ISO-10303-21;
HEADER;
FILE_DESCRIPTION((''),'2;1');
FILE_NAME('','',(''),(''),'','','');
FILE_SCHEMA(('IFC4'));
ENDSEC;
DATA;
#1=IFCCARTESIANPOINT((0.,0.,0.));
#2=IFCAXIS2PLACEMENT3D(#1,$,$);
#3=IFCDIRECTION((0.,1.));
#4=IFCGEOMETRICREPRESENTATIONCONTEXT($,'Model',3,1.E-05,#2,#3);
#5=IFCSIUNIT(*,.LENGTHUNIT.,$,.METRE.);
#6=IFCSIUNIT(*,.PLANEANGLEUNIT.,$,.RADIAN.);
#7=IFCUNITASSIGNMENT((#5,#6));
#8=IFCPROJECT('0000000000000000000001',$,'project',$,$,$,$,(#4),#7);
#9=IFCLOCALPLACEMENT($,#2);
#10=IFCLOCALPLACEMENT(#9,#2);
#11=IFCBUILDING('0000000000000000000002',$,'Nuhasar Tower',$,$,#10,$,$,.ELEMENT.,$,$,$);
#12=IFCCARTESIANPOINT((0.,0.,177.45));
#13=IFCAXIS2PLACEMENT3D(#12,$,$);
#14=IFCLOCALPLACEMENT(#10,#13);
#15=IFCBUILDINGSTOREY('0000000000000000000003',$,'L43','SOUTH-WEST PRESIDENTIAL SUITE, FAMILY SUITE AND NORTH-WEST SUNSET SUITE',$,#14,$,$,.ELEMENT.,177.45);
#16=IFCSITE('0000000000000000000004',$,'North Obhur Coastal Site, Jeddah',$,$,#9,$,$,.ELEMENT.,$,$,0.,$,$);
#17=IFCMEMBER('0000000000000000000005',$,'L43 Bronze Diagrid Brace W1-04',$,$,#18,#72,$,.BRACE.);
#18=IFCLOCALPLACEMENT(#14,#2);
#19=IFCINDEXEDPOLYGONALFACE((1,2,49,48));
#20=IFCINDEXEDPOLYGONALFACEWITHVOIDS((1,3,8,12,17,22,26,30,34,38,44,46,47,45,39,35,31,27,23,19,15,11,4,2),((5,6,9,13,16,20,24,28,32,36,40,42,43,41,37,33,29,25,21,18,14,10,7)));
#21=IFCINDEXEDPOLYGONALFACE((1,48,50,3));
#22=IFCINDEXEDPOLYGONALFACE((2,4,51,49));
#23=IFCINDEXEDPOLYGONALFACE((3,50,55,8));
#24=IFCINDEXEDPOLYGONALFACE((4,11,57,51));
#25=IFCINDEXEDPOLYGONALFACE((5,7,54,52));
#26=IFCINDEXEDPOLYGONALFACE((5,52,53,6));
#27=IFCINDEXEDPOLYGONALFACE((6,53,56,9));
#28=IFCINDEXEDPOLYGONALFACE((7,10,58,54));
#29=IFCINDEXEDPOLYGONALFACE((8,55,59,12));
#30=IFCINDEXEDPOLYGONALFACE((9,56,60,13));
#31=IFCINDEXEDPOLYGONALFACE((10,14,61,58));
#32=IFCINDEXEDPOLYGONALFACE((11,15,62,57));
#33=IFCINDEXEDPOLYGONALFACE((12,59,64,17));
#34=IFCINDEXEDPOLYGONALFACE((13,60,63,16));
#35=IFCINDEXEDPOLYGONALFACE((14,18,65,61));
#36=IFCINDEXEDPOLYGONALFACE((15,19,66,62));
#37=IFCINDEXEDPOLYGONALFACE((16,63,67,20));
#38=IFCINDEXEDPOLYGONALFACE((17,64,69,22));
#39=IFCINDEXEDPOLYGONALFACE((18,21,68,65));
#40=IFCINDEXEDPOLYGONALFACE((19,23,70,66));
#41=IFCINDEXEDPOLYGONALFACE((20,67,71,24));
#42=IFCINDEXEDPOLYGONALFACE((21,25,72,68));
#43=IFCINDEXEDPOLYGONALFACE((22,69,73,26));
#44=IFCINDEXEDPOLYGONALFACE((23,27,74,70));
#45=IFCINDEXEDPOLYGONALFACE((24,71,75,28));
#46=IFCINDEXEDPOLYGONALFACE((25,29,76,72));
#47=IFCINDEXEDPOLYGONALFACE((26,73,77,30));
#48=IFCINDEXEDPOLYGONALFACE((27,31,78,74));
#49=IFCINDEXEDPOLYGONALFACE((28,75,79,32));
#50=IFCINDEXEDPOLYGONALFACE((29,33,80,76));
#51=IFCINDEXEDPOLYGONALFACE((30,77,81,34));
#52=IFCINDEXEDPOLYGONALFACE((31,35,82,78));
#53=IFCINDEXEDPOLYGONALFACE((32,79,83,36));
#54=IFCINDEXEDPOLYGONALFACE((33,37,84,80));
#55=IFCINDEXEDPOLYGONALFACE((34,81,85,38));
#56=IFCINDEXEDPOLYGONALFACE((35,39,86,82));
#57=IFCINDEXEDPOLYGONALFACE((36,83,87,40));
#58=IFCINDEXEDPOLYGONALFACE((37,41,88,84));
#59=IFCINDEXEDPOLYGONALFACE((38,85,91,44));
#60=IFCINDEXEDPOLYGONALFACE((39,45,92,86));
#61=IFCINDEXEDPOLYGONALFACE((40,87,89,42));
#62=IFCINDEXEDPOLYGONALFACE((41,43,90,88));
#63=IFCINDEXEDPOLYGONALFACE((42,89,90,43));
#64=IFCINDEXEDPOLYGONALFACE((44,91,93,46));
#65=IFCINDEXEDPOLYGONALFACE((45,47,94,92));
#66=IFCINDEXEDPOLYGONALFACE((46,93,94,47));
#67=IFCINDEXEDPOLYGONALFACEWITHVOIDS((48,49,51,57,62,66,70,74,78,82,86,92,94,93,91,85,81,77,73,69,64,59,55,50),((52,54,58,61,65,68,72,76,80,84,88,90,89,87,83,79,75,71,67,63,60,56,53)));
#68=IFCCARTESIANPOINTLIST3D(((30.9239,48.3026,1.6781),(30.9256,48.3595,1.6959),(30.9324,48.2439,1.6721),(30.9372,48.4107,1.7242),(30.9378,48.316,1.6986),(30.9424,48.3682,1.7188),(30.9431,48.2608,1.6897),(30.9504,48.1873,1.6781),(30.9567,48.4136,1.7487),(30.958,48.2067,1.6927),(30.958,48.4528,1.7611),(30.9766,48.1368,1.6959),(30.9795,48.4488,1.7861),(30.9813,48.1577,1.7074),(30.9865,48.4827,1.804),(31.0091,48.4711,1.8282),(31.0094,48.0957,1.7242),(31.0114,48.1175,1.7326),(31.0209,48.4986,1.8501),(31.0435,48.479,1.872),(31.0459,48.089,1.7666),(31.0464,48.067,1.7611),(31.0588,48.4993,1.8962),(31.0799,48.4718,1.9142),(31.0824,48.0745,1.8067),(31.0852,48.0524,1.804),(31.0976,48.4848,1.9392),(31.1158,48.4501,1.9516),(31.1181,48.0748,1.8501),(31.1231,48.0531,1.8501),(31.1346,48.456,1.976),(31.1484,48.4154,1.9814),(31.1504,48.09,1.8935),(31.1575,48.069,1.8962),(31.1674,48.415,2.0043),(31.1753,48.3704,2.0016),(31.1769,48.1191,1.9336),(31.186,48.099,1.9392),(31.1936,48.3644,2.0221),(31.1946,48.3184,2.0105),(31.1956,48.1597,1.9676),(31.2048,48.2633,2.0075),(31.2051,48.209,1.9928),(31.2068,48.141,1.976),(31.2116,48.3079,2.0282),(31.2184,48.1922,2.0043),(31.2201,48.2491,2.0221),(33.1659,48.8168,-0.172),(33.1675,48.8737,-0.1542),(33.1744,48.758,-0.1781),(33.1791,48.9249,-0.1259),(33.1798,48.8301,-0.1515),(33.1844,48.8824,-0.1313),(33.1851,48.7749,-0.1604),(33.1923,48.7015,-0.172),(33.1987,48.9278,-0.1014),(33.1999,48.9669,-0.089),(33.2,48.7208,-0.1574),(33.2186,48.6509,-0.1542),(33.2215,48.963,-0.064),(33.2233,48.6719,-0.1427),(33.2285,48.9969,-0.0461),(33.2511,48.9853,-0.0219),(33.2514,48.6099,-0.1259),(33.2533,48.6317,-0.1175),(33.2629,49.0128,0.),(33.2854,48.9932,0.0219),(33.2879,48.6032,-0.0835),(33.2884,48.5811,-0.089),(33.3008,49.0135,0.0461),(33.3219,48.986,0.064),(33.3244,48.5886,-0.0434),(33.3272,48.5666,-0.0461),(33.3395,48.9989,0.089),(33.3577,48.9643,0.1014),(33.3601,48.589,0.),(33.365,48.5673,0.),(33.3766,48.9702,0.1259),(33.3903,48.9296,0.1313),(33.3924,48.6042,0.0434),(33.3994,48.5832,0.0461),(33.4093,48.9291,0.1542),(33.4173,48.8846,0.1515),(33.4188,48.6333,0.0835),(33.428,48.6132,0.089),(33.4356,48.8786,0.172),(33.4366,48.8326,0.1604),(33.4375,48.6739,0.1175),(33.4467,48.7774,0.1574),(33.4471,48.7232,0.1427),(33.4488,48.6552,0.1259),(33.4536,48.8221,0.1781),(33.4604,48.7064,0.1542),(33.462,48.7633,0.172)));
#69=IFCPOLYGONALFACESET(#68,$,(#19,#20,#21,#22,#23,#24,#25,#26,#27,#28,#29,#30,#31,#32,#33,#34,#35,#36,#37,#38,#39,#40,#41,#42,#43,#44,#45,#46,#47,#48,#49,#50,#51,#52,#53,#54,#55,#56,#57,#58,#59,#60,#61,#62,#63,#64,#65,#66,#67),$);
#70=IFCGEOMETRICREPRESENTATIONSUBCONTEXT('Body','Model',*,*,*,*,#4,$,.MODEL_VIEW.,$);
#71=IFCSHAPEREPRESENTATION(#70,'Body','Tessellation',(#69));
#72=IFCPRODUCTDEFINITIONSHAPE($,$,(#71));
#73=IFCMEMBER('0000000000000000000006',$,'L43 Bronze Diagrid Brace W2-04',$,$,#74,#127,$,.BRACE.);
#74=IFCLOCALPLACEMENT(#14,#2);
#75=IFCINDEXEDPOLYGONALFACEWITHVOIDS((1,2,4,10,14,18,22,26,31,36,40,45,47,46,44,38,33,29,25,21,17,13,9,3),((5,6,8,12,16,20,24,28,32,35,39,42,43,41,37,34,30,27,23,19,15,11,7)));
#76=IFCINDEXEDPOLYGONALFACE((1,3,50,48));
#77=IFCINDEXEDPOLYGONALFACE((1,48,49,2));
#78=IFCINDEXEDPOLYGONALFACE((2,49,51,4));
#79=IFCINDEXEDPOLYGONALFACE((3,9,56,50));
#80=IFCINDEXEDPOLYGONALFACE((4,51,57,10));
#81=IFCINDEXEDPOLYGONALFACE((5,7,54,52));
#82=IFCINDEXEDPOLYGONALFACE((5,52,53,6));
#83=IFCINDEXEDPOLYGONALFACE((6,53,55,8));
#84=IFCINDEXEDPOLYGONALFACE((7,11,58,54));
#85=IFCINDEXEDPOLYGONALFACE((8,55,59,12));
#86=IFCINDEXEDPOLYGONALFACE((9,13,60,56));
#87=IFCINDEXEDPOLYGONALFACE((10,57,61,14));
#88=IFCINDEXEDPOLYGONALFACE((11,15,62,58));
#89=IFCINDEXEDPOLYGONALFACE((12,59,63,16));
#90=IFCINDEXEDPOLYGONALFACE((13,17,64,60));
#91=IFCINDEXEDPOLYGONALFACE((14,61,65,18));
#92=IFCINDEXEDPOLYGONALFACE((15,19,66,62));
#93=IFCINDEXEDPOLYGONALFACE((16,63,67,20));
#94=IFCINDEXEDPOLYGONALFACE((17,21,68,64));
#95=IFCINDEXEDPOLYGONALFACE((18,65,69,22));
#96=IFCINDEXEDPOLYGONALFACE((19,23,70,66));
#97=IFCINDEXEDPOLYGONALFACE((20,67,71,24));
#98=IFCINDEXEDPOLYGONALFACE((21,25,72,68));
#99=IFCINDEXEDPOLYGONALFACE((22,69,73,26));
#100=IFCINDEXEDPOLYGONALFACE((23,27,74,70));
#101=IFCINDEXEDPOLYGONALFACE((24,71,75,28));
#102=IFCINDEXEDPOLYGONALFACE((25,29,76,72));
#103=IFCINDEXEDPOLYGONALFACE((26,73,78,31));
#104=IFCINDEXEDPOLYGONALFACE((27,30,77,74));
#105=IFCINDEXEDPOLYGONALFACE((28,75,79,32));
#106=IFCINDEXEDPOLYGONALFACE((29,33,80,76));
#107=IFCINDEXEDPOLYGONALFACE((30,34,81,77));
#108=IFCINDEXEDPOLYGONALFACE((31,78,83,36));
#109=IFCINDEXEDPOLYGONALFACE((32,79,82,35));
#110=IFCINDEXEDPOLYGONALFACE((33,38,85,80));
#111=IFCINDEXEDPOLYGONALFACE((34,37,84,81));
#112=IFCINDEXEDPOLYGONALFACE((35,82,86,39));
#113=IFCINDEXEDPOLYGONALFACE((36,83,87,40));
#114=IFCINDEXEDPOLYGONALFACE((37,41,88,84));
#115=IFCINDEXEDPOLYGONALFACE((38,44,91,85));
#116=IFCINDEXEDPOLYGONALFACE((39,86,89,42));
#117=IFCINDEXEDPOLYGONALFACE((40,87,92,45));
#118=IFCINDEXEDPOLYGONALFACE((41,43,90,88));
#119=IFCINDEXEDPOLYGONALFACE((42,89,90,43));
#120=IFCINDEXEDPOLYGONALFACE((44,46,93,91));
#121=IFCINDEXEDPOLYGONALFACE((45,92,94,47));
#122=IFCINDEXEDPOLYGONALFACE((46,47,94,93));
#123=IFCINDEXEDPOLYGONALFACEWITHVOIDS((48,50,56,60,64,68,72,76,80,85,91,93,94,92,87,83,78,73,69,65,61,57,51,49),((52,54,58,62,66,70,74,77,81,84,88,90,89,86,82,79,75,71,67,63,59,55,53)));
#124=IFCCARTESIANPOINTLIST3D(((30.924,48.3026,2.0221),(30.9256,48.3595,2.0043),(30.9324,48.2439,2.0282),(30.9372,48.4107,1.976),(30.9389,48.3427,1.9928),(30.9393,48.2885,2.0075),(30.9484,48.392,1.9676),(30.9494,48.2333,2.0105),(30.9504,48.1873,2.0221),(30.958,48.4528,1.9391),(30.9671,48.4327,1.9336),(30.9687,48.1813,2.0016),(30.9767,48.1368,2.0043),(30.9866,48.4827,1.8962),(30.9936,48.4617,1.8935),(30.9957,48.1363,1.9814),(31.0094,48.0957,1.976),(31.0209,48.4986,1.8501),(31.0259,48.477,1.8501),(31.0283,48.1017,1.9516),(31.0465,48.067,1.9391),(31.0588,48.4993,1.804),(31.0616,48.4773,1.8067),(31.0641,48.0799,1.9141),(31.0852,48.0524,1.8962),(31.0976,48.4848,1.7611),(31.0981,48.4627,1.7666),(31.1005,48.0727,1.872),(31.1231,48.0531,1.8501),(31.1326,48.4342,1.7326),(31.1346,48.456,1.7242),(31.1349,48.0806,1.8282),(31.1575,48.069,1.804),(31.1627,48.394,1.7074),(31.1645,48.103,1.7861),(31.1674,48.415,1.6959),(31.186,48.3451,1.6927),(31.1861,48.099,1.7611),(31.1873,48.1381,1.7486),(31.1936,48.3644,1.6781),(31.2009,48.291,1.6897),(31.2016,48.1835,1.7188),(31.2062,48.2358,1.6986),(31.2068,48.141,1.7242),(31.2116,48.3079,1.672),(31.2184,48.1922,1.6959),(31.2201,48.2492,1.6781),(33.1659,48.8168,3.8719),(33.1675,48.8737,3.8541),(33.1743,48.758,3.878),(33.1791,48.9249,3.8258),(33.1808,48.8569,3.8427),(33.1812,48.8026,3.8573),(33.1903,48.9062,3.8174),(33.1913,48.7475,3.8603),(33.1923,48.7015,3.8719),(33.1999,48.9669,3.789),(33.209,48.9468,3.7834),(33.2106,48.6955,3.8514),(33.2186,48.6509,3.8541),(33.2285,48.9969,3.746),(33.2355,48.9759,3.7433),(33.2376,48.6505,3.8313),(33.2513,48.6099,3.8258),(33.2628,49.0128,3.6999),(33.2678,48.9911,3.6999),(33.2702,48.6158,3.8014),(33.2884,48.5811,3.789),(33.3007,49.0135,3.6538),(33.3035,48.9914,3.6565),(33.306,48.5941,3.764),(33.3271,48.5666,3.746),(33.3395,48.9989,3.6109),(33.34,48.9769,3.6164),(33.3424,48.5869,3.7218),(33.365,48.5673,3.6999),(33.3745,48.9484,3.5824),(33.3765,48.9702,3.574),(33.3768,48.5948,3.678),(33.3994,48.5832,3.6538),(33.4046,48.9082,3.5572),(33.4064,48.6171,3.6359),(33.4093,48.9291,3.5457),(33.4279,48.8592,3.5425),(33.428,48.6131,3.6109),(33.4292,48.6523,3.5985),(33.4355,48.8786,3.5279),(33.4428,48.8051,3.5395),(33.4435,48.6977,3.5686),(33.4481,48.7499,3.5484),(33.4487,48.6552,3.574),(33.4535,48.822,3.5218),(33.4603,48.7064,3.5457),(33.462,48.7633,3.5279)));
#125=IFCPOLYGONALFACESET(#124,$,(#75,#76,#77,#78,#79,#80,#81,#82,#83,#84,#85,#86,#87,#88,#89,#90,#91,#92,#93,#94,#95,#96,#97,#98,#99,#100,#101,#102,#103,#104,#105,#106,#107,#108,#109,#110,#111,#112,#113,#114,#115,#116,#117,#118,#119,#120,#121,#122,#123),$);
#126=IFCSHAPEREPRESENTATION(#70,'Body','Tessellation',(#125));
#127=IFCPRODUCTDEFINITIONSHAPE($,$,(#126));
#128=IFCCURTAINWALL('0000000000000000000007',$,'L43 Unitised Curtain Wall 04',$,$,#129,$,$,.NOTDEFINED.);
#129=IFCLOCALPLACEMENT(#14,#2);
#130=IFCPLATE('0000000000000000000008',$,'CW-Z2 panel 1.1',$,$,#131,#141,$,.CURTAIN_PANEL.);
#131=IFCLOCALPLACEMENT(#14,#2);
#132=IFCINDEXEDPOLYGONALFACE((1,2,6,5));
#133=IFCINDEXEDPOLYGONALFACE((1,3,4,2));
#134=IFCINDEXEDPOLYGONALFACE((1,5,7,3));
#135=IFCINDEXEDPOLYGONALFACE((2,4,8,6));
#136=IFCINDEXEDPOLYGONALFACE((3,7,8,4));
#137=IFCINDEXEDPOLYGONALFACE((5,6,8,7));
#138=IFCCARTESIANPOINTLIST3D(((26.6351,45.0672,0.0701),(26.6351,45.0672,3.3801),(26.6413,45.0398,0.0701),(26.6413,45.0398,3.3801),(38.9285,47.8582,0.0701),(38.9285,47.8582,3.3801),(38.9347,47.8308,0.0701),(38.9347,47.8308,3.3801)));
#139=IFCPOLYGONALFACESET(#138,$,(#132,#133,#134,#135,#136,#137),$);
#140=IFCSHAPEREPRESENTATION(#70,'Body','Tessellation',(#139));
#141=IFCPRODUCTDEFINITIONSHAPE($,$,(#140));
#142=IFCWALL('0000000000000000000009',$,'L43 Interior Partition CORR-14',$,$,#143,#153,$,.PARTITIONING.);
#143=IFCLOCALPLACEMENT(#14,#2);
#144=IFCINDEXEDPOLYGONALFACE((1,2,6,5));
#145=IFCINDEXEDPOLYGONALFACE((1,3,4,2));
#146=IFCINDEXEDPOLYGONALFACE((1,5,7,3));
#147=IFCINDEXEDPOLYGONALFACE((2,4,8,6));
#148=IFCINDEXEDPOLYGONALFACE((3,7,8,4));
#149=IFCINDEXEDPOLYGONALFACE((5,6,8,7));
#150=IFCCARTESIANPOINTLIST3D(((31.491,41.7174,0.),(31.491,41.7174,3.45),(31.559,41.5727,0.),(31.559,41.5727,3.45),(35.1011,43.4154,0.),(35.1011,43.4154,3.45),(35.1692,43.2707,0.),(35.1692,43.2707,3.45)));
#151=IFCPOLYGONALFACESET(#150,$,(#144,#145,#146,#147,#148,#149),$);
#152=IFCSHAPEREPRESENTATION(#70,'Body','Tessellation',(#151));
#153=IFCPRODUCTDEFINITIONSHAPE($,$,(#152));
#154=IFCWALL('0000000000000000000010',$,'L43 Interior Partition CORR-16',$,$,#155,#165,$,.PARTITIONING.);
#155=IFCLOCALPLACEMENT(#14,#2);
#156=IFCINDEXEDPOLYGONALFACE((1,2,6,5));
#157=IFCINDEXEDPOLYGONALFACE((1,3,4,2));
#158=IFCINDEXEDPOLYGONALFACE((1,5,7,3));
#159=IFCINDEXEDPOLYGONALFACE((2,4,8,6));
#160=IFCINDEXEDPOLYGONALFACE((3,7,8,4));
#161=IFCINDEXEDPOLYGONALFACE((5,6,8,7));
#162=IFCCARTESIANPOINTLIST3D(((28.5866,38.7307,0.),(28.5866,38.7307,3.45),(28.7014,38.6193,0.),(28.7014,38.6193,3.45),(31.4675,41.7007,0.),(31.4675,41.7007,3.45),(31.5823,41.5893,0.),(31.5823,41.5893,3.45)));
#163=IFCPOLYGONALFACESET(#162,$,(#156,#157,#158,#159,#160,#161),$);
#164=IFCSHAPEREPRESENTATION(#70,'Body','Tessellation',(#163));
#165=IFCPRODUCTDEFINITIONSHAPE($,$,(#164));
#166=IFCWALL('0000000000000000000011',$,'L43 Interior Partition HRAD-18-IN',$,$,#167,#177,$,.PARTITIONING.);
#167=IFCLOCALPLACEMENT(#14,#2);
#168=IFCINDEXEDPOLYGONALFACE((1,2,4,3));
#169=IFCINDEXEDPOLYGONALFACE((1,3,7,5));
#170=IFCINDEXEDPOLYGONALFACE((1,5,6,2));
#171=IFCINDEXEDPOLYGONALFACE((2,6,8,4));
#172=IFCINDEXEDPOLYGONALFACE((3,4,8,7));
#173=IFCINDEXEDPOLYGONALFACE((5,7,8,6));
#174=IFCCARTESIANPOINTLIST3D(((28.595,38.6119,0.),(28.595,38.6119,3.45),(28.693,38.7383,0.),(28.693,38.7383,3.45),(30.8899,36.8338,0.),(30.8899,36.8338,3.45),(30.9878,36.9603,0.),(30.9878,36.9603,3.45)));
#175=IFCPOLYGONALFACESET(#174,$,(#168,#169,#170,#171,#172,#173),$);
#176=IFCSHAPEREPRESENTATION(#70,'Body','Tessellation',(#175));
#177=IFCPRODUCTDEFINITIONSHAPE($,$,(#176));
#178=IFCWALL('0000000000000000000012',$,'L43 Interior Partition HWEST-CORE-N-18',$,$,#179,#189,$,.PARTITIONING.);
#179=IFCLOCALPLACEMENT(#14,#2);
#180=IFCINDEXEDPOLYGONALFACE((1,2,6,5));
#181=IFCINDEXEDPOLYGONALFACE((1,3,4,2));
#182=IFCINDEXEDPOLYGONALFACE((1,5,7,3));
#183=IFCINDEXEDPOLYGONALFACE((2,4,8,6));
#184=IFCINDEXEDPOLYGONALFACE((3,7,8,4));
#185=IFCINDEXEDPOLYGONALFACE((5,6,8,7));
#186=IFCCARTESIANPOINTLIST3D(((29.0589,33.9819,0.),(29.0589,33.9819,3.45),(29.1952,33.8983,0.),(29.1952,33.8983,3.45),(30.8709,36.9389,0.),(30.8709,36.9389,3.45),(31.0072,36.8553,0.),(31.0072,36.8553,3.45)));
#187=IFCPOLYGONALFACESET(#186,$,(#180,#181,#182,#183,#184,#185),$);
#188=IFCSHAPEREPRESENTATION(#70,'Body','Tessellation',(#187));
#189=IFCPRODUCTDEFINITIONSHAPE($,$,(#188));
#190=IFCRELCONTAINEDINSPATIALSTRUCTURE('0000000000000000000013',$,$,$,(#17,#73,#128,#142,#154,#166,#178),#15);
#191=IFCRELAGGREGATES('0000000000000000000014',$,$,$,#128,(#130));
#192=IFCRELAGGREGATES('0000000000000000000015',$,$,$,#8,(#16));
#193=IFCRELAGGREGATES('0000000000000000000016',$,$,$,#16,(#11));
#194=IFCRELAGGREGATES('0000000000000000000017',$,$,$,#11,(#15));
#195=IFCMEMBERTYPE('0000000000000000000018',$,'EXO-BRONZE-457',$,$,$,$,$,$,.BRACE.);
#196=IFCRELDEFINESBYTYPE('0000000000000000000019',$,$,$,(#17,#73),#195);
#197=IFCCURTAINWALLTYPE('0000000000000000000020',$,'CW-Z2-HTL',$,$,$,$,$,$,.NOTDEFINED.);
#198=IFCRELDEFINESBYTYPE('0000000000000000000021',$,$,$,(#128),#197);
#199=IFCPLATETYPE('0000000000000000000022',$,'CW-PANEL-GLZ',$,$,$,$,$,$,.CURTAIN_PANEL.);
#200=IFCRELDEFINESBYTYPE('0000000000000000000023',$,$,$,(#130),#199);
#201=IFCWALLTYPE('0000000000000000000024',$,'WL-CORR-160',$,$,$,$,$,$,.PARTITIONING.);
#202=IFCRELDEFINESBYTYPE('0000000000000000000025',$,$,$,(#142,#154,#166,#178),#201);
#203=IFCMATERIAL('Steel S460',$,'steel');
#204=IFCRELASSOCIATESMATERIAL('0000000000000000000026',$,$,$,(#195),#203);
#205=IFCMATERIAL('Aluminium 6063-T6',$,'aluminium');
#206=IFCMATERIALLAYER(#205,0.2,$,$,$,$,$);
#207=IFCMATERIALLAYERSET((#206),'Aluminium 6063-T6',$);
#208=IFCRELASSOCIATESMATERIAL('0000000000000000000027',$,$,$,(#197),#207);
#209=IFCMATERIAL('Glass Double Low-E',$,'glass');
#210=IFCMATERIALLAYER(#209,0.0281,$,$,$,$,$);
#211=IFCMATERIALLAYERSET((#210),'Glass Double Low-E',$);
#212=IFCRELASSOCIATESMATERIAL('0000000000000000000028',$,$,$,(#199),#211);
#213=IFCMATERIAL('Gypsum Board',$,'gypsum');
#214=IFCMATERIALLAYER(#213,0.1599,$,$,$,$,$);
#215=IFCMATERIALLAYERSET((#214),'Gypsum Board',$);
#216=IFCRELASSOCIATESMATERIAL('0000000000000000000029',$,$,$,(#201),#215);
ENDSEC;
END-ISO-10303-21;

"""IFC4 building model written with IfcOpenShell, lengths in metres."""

from ifc_helpers import new_model, si_unit, direction, frame, frame_2d, origin, origin_2d, place, context, subcontext, project, spatial, rectangle, hollow_circle, extrude, material, layer, layer_set, material_profile, profile_set, type_object, element, aggregate, save


model = new_model("IFC4")

# Units and contexts
model_context = context("Model", 3, precision=1e-05, world=origin(), true_north=direction((0.0, 1.0)))
body_context = subcontext(model_context, "Body", "Model", "MODEL_VIEW")
ifc_project = project(units=[si_unit("LENGTHUNIT", "METRE"), si_unit("PLANEANGLEUNIT", "RADIAN")], contexts=[model_context])

# Site, building, storey
site_placement = place(None, origin())
site = spatial("IfcSite", under=ifc_project, at=site_placement, Name="North Obhur Coastal Site, Jeddah", CompositionType="ELEMENT", RefElevation=0.0)
building_placement = place(site_placement, origin())
building = spatial("IfcBuilding", under=site, at=building_placement, Name="Nuhasar Tower", CompositionType="ELEMENT")
storey_placement = place(building_placement, frame((0.0, 0.0, 177.45)))
storey = spatial("IfcBuildingStorey", under=building, at=storey_placement, Name="L43", Description="SOUTH-WEST PRESIDENTIAL SUITE, FAMILY SUITE AND NORTH-WEST SUNSET SUITE", CompositionType="ELEMENT", Elevation=177.45)

# Members
ifc_material_1 = material(Name="Steel S460", Category="steel")
ifc_material_profile_1 = material_profile(ifc_material_1, hollow_circle(Radius=0.2285, WallThickness=0.0222, at=origin_2d()), Name="HSS457X22.2")
ifc_profile_set_1 = profile_set([ifc_material_profile_1], Name="Steel S460")
member_type = type_object("IfcMemberType", Name="EXO-BRONZE-457", PredefinedType="BRACE", material=ifc_profile_set_1)
member_1_placement = place(storey_placement, frame((33.314, 48.79, 0.0), z_axis=(-0.7595, -0.174181, 0.626755), x_axis=(0.223534, -0.974696, 0.0)))
element("IfcMember", 1, at=member_1_placement, inside=storey, type_object=member_type, Name="L43 Bronze Diagrid Brace W1-04", PredefinedType="BRACE", context=body_context, shape_type="SweptSolid", body=[
    extrude(hollow_circle(Radius=0.2285, WallThickness=0.0222, at=origin_2d()), origin(), (0.0, 0.0, 1.0), 2.9519),
])
member_2_placement = place(storey_placement, frame((31.072, 48.2759, 1.8501), z_axis=(0.759539, 0.17419, 0.626704), x_axis=(-0.223534, 0.974696, 0.0)))
element("IfcMember", 2, at=member_2_placement, inside=storey, type_object=member_type, Name="L43 Bronze Diagrid Brace W2-04", PredefinedType="BRACE", context=body_context, shape_type="SweptSolid", body=[
    extrude(hollow_circle(Radius=0.2285, WallThickness=0.0222, at=origin_2d()), origin(), (0.0, 0.0, 1.0), 2.9517),
])

# Curtain wall, plate
ifc_material_2 = material(Name="Aluminium 6063-T6", Category="aluminium")
ifc_layer_1 = layer(ifc_material_2, 0.2)
ifc_layer_set_1 = layer_set([ifc_layer_1], Name="Aluminium 6063-T6")
curtain_wall_type = type_object("IfcCurtainWallType", Name="CW-Z2-HTL", PredefinedType="NOTDEFINED", material=ifc_layer_set_1)
curtain_wall_placement = place(storey_placement, origin())
curtain_wall = element("IfcCurtainWall", 3, at=curtain_wall_placement, inside=storey, type_object=curtain_wall_type, Name="L43 Unitised Curtain Wall 04", PredefinedType="NOTDEFINED")
ifc_material_3 = material(Name="Glass Double Low-E", Category="glass")
ifc_layer_2 = layer(ifc_material_3, 0.0281)
ifc_layer_set_2 = layer_set([ifc_layer_2], Name="Glass Double Low-E")
plate_type = type_object("IfcPlateType", Name="CW-PANEL-GLZ", PredefinedType="CURTAIN_PANEL", material=ifc_layer_set_2)
plate_placement = place(storey_placement, frame((32.7849, 46.449, 0.0701), z_axis=(0.0, 0.0, 1.0), x_axis=(-0.975184, -0.221397, 0.0)))
plate = element("IfcPlate", 4, at=plate_placement, type_object=plate_type, Name="CW-Z2 panel 1.1", PredefinedType="CURTAIN_PANEL", context=body_context, shape_type="SweptSolid", body=[
    extrude(rectangle(XDim=12.6062, YDim=0.0281, at=origin_2d()), origin(), (0.0, 0.0, 1.0), 3.3101),
])
aggregate(curtain_wall, [plate])

# Shared definitions
ifc_material_4 = material(Name="Gypsum Board", Category="gypsum")
ifc_layer_3 = layer(ifc_material_4, 0.1599)
ifc_layer_set_3 = layer_set([ifc_layer_3], Name="Gypsum Board")
wall_type_1 = type_object("IfcWallType", Name="WL-CORR-160", PredefinedType="PARTITIONING", material=ifc_layer_set_3)

# Walls
wall_1_placement = place(storey_placement, frame((35.135, 43.343, 0.0), z_axis=(0.0, 0.0, 1.0), x_axis=(-0.904903, -0.425617, 0.0)))
element("IfcWall", 5, at=wall_1_placement, inside=storey, type_object=wall_type_1, Name="L43 Interior Partition CORR-14", PredefinedType="PARTITIONING", context=body_context, shape_type="SweptSolid", body=[
    extrude(rectangle(XDim=3.9895, YDim=0.1599, at=frame_2d((1.9946, 0.0))), origin(), (0.0, 0.0, 1.0), 3.45),
])
wall_2_placement = place(storey_placement, frame((31.5249, 41.645, 0.0), z_axis=(0.0, 0.0, 1.0), x_axis=(-0.696256, -0.717793, 0.0)))
element("IfcWall", 6, at=wall_2_placement, inside=storey, type_object=wall_type_1, Name="L43 Interior Partition CORR-16", PredefinedType="PARTITIONING", context=body_context, shape_type="SweptSolid", body=[
    extrude(rectangle(XDim=4.1377, YDim=0.1599, at=frame_2d((2.0688, 0.0))), origin(), (0.0, 0.0, 1.0), 3.45),
])
wall_3_placement = place(storey_placement, frame((30.939, 36.897, 0.0), z_axis=(0.0, 0.0, 1.0), x_axis=(-0.790496, 0.612467, 0.0)))
element("IfcWall", 7, at=wall_3_placement, inside=storey, type_object=wall_type_1, Name="L43 Interior Partition HRAD-18-IN", PredefinedType="PARTITIONING", context=body_context, shape_type="SweptSolid", body=[
    extrude(rectangle(XDim=2.9031, YDim=0.1599, at=frame_2d((1.4517, 0.0))), origin(), (0.0, 0.0, 1.0), 3.45),
])
wall_4_placement = place(storey_placement, frame((30.939, 36.897, 0.0), z_axis=(0.0, 0.0, 1.0), x_axis=(-0.522486, -0.852648, 0.0)))
element("IfcWall", 8, at=wall_4_placement, inside=storey, type_object=wall_type_1, Name="L43 Interior Partition HWEST-CORE-N-18", PredefinedType="PARTITIONING", context=body_context, shape_type="SweptSolid", body=[
    extrude(rectangle(XDim=3.468, YDim=0.1599, at=frame_2d((1.7339, 0.0))), origin(), (0.0, 0.0, 1.0), 3.45),
])

save(model, "model.ifc")
